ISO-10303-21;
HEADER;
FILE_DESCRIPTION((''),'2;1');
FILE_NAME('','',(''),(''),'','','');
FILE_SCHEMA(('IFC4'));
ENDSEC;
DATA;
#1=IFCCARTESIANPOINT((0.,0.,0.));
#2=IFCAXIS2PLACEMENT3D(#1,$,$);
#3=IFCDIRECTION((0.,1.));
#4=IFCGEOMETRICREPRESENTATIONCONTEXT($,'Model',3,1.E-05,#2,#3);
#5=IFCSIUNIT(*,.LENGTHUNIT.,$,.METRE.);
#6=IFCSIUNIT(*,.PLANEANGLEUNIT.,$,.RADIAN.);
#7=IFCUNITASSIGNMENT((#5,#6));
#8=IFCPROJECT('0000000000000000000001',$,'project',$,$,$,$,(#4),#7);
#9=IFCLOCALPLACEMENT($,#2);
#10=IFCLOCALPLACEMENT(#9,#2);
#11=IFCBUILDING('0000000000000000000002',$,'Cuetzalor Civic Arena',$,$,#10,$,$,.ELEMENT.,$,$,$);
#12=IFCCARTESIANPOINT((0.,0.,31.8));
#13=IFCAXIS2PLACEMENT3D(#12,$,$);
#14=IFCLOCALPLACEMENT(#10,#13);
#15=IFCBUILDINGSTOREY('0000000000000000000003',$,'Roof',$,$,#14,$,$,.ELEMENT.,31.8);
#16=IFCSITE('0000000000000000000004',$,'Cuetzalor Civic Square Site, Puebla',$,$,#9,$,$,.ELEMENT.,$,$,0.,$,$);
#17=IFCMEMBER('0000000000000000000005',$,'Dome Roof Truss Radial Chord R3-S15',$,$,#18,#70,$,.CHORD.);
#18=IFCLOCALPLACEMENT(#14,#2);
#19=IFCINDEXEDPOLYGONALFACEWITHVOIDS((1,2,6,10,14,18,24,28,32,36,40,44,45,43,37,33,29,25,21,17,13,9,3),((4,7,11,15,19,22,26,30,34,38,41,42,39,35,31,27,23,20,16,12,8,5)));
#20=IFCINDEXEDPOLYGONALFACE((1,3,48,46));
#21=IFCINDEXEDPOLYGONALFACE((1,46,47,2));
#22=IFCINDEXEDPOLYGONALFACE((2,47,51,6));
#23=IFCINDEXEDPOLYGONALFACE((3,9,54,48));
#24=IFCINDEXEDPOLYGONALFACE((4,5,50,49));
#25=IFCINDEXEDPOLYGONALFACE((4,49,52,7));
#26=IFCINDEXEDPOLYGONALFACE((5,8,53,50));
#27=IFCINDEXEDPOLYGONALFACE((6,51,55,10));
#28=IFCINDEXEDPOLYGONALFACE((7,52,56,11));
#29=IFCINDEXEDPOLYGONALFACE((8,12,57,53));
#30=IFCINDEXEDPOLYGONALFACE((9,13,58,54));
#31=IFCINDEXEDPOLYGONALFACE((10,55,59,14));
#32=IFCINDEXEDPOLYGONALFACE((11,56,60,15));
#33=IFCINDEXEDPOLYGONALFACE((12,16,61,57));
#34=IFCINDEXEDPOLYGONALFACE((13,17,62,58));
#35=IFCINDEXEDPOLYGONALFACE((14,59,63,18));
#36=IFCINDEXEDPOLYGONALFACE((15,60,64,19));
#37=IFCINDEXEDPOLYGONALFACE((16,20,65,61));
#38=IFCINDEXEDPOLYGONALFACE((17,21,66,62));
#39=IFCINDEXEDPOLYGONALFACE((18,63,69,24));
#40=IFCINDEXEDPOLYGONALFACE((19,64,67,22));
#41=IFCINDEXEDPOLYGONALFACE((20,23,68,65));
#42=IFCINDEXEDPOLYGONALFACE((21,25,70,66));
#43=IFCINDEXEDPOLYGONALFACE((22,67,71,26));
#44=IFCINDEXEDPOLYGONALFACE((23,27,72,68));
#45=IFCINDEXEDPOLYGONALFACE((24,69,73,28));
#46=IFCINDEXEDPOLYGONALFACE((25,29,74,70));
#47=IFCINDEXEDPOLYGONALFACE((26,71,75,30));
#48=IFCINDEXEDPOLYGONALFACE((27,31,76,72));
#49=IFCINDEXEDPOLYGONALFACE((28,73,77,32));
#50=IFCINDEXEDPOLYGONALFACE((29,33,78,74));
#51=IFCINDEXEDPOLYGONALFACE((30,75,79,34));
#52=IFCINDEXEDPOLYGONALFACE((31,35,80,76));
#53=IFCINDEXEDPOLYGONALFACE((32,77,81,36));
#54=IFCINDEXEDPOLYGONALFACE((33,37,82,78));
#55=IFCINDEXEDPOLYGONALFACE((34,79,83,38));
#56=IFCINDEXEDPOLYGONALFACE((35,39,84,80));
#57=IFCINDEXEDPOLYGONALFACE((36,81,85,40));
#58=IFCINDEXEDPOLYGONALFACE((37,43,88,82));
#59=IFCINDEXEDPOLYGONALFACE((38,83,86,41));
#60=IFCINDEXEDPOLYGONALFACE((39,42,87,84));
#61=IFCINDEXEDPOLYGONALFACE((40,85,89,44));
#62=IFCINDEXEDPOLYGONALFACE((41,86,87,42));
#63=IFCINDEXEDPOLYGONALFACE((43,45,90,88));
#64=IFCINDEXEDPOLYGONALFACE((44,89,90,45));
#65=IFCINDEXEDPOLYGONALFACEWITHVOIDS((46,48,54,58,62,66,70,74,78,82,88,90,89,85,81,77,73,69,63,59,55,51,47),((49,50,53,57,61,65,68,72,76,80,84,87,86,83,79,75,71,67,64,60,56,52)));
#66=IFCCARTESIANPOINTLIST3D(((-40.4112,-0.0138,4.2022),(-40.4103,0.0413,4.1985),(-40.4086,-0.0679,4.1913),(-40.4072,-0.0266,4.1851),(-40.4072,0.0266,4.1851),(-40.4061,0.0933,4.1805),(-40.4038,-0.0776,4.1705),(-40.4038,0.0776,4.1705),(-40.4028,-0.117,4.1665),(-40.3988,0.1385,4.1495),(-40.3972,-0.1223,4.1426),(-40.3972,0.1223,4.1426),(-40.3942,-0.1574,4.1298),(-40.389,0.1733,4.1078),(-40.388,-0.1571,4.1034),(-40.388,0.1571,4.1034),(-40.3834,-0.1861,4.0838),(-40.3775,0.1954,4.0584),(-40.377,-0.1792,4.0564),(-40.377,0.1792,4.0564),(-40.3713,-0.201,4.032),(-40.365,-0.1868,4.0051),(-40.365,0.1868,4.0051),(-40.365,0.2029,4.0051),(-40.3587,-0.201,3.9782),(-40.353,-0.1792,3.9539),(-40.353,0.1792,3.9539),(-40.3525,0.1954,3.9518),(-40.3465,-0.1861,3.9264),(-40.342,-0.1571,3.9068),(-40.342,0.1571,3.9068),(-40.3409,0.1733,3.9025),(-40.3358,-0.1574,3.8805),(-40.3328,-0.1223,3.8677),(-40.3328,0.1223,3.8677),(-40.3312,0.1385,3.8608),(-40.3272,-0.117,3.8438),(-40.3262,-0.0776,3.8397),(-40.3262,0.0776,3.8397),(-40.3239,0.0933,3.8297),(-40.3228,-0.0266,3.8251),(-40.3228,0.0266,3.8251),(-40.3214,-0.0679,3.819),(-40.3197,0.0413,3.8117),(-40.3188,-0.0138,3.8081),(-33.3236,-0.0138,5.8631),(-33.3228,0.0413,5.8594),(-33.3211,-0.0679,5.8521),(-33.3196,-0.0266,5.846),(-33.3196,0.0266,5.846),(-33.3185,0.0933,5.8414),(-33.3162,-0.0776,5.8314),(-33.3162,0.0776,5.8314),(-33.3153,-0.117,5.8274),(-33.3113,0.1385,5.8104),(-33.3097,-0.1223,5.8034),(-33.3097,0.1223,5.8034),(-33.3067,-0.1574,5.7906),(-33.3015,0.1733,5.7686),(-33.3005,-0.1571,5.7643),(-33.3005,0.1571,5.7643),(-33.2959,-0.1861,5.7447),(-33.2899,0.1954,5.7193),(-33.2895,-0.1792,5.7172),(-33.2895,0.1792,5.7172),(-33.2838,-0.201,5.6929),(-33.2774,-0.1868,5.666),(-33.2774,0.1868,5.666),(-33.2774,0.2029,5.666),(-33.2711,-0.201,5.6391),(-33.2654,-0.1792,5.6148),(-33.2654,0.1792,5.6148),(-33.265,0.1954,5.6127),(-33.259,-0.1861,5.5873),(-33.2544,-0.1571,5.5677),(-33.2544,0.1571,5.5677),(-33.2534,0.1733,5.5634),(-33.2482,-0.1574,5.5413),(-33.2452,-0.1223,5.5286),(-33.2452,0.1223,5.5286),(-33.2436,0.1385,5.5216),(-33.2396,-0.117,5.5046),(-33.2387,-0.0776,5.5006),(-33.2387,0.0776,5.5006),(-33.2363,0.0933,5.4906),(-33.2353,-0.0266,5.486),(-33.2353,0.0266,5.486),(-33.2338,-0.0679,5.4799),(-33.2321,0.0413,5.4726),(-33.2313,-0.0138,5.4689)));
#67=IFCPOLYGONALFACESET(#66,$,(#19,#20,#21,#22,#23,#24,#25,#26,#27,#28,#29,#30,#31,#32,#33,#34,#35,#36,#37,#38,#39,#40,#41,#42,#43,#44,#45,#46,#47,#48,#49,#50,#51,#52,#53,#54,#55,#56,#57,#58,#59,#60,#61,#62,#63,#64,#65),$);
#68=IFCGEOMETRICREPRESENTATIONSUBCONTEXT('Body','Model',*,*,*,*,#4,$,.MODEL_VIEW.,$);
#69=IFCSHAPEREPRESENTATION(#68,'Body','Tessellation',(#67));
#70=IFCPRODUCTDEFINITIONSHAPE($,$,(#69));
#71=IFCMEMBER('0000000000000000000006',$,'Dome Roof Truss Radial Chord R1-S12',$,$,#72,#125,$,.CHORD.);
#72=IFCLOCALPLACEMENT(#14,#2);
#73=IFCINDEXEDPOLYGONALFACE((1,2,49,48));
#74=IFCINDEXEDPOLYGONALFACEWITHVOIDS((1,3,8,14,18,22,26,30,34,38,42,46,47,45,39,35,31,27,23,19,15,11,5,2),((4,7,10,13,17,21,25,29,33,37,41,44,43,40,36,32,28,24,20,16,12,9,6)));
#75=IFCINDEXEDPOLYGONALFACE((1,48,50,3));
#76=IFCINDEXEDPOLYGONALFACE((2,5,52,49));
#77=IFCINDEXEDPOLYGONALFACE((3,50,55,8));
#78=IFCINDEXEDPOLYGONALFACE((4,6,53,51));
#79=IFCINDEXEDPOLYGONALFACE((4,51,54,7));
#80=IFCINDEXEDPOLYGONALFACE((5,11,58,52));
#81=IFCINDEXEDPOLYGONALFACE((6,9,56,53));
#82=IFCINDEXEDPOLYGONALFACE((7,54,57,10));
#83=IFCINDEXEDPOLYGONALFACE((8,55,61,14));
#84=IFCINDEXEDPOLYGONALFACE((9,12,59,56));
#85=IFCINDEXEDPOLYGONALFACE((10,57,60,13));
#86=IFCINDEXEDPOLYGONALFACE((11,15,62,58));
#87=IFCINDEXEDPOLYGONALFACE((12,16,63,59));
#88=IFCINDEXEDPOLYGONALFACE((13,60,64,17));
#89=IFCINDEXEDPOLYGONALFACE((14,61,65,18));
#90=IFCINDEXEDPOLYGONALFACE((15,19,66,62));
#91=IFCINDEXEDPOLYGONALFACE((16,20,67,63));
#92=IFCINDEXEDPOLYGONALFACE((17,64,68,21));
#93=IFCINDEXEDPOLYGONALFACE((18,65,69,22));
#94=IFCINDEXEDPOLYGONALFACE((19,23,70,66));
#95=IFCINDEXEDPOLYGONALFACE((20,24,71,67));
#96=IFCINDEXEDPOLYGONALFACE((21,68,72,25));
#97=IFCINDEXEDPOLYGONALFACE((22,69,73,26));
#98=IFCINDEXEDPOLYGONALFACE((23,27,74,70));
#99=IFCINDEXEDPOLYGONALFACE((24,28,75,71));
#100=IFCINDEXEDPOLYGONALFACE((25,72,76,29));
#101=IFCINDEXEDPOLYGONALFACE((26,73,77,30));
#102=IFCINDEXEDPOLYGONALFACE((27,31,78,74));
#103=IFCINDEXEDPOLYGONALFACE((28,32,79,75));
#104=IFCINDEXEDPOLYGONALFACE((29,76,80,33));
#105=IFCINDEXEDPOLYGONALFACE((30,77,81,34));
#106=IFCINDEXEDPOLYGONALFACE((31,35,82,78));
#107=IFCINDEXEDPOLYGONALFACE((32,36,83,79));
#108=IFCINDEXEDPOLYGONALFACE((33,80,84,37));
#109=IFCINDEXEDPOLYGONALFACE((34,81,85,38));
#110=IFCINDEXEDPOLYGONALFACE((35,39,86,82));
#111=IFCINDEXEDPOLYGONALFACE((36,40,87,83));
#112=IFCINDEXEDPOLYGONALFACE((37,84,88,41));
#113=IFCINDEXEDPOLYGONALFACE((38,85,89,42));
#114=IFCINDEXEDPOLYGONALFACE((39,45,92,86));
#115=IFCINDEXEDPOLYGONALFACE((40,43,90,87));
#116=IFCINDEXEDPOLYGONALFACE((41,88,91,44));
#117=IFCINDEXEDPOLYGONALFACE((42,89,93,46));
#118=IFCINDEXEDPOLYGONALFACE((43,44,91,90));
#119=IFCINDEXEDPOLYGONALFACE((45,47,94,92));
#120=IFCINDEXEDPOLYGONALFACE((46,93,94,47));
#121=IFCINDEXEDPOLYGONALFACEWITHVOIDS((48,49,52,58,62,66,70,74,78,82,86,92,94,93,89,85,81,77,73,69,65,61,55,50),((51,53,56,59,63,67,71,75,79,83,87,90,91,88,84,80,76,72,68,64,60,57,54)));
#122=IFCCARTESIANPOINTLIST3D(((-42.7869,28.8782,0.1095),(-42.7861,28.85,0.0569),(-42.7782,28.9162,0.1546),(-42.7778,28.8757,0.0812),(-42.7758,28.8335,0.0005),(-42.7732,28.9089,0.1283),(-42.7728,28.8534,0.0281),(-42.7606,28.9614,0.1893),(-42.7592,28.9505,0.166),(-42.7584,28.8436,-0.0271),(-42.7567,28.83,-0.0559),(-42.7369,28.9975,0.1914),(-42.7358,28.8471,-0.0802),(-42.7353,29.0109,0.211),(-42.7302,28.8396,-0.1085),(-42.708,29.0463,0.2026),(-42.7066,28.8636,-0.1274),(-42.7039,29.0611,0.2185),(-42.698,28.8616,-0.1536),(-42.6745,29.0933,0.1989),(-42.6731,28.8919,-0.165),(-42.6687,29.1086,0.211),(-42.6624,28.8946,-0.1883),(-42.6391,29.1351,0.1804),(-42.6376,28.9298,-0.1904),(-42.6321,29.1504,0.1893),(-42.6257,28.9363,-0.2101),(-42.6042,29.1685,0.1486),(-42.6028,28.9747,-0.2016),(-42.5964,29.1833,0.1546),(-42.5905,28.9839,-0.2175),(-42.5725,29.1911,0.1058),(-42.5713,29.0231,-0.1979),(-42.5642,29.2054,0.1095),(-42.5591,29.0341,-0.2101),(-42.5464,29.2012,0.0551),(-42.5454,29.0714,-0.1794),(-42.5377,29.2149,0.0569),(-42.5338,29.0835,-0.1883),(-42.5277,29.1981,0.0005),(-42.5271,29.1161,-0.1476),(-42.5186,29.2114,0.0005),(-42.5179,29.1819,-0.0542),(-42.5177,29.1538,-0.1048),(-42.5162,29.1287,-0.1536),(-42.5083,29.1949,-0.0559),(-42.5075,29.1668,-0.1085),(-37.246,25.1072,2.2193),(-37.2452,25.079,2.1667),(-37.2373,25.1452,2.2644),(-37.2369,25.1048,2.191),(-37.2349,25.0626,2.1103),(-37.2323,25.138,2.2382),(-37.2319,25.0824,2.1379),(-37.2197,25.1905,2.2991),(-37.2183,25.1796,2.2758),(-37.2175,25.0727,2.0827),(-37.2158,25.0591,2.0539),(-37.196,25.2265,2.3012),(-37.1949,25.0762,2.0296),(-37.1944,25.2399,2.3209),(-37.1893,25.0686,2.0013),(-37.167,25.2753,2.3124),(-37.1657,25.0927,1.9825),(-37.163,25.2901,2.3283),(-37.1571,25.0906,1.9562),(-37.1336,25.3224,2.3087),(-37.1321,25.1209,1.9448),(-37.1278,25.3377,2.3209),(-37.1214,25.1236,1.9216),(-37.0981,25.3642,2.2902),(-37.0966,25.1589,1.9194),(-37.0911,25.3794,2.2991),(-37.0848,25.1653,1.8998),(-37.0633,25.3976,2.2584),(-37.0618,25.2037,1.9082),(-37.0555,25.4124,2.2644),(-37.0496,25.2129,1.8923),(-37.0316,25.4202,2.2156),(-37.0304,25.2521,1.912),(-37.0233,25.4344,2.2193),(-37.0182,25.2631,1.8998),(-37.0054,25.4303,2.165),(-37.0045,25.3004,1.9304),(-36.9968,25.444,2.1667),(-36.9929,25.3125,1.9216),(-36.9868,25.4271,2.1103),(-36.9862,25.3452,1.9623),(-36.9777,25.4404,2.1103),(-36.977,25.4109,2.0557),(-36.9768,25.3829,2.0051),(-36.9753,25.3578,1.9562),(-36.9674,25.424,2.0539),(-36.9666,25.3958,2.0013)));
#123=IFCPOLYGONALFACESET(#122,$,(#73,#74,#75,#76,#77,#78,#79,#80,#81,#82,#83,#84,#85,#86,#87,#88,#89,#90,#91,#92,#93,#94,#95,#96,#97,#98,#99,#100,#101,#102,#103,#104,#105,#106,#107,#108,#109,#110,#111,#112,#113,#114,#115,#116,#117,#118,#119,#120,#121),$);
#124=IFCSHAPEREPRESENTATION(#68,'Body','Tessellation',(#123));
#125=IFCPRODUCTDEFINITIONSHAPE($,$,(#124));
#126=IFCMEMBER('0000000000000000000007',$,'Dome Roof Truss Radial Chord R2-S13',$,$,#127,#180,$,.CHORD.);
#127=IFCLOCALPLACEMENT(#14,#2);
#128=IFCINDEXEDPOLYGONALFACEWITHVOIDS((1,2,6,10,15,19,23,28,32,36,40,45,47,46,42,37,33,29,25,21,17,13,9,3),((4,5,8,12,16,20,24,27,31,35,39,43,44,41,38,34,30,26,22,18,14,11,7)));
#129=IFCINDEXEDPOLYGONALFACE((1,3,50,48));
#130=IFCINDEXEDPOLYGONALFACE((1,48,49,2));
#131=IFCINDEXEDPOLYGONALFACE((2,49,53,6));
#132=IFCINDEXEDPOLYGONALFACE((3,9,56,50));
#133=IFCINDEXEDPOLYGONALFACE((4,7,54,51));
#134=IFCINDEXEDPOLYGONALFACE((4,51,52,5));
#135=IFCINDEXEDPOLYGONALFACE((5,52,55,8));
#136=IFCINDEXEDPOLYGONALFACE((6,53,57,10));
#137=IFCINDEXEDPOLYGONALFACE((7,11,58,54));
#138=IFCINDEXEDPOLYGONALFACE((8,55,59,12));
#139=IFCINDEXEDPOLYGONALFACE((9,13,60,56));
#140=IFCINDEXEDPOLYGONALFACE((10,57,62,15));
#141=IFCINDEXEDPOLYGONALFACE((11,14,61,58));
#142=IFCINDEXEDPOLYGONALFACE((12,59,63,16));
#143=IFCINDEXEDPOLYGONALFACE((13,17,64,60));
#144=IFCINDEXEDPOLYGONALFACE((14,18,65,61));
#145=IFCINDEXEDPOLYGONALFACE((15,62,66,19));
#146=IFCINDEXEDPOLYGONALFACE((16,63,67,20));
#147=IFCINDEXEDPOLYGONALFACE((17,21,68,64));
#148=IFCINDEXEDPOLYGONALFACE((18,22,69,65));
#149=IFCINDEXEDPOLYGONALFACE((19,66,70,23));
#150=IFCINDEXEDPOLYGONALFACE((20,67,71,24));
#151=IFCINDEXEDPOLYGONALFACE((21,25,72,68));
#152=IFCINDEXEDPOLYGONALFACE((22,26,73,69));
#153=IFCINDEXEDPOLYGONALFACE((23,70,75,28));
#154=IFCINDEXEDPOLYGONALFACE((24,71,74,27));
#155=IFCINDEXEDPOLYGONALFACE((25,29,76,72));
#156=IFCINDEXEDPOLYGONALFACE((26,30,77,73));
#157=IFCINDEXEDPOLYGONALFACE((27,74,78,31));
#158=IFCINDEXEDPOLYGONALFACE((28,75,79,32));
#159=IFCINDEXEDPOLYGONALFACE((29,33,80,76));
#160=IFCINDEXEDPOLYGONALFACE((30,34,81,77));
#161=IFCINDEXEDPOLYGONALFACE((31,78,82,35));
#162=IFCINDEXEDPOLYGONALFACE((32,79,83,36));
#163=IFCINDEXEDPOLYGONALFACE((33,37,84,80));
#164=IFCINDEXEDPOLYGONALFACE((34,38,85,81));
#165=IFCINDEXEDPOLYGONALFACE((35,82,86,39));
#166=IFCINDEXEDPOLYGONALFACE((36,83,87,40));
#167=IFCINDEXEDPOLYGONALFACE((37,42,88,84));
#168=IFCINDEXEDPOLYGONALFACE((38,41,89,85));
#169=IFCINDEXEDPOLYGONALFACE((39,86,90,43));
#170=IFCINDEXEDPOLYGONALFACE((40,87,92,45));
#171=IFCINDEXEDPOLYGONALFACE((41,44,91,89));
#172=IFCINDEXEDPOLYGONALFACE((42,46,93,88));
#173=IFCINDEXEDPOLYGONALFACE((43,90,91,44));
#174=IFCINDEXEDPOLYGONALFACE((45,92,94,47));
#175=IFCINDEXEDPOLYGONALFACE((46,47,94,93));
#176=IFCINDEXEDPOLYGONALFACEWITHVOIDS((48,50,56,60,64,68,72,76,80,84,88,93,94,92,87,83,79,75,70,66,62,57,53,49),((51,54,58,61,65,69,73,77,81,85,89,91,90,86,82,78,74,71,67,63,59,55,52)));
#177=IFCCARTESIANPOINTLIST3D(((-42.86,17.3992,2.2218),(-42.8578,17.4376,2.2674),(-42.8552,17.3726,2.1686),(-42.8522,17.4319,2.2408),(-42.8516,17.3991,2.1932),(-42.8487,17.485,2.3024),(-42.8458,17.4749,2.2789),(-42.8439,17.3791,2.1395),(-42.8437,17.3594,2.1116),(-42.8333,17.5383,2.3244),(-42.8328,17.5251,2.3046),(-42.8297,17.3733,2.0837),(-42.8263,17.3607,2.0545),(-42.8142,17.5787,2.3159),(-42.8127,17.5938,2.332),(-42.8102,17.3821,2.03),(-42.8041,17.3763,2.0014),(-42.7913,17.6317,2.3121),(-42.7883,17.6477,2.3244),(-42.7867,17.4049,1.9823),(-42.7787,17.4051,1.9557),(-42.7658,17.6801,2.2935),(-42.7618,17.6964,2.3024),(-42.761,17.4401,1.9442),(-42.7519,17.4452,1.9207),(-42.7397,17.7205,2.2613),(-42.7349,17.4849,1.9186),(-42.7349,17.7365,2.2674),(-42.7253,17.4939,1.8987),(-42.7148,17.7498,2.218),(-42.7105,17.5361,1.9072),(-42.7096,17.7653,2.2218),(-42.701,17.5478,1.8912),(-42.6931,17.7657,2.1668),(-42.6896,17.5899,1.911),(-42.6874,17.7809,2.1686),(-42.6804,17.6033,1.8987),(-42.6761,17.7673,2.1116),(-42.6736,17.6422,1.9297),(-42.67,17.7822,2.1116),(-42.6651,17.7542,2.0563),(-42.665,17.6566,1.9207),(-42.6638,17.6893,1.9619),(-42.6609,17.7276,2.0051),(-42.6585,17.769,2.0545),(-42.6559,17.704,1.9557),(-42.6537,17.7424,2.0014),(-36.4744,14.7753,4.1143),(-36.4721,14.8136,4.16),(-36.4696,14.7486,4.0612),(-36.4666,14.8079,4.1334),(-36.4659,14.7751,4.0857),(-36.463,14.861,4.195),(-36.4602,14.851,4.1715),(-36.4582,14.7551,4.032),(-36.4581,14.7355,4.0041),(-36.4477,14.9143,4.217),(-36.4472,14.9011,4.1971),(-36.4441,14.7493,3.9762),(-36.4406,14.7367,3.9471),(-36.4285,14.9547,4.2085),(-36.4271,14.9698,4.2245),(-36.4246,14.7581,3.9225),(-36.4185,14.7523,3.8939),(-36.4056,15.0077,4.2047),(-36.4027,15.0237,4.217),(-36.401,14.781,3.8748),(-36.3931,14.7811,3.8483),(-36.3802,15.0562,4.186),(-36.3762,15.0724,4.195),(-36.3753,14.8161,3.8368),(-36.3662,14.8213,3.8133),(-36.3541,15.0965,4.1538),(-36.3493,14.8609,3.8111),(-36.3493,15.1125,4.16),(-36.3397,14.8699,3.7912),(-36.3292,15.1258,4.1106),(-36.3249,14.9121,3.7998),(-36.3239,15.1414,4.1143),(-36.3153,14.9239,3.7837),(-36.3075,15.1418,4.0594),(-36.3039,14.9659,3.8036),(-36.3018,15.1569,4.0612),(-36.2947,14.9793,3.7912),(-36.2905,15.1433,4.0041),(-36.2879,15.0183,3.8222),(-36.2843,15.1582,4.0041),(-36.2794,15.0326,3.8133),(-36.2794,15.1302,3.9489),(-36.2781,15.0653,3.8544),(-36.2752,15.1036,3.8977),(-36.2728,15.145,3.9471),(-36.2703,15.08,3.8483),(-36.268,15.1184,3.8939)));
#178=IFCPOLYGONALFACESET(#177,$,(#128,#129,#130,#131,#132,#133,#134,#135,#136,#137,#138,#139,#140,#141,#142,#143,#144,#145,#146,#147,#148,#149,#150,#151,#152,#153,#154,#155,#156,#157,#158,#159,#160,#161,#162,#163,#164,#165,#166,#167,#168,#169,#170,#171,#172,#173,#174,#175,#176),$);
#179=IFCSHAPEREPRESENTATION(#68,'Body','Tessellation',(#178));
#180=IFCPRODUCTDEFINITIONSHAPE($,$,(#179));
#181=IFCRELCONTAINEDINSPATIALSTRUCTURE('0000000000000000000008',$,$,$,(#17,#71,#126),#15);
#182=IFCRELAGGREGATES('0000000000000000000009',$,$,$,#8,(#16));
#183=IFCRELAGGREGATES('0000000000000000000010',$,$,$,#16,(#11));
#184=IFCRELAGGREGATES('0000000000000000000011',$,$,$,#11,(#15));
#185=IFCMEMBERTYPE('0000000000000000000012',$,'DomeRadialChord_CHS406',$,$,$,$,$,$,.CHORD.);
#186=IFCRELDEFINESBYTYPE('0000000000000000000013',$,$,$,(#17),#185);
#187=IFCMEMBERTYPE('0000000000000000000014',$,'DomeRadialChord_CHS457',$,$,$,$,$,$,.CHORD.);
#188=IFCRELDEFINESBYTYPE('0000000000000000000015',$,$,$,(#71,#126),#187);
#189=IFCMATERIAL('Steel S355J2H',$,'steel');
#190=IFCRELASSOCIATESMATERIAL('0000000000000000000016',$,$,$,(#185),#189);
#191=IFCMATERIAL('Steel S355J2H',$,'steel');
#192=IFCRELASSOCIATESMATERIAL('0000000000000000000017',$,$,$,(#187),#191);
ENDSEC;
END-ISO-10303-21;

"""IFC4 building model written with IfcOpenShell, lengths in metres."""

from ifc_helpers import new_model, si_unit, direction, frame, origin, origin_2d, place, context, subcontext, project, spatial, hollow_circle, extrude, material, material_profile, profile_set, type_object, element, save


model = new_model("IFC4")

# Units and contexts
model_context = context("Model", 3, precision=1e-05, world=origin(), true_north=direction((0.0, 1.0)))
body_context = subcontext(model_context, "Body", "Model", "MODEL_VIEW")
ifc_project = project(units=[si_unit("LENGTHUNIT", "METRE"), si_unit("PLANEANGLEUNIT", "RADIAN")], contexts=[model_context])

# Site, building, storey
site_placement = place(None, origin())
site = spatial("IfcSite", under=ifc_project, at=site_placement, Name="Cuetzalor Civic Square Site, Puebla", CompositionType="ELEMENT", RefElevation=0.0)
building_placement = place(site_placement, origin())
building = spatial("IfcBuilding", under=site, at=building_placement, Name="Cuetzalor Civic Arena", CompositionType="ELEMENT")
storey_placement = place(building_placement, frame((0.0, 0.0, 31.8)))
storey = spatial("IfcBuildingStorey", under=building, at=storey_placement, Name="Roof", CompositionType="ELEMENT", Elevation=31.8)

# Members
ifc_material_1 = material(Name="Steel S355J2H", Category="steel")
ifc_material_profile_1 = material_profile(ifc_material_1, hollow_circle(Radius=0.2029, WallThickness=0.0161, at=origin_2d()), Name="CHS 406x16")
ifc_profile_set_1 = profile_set([ifc_material_profile_1], Name="Steel S355J2H")
member_type_1 = type_object("IfcMemberType", Name="DomeRadialChord_CHS406", PredefinedType="CHORD", material=ifc_profile_set_1)
member_1_placement = place(storey_placement, frame((-40.365, 0.0, 4.0051), z_axis=(0.973625, 0.0, 0.228155), x_axis=(0.0, 1.0, 0.0)))
element("IfcMember", 1, at=member_1_placement, inside=storey, type_object=member_type_1, Name="Dome Roof Truss Radial Chord R3-S15", PredefinedType="CHORD", context=body_context, shape_type="SweptSolid", body=[
    extrude(hollow_circle(Radius=0.2029, WallThickness=0.0161, at=origin_2d()), origin(), (0.0, 0.0, 1.0), 7.2795),
])
ifc_material_2 = material(Name="Steel S355J2H", Category="steel")
ifc_material_profile_2 = material_profile(ifc_material_2, hollow_circle(Radius=0.2285, WallThickness=0.0161, at=origin_2d()), Name="CHS 457x16")
ifc_profile_set_2 = profile_set([ifc_material_profile_2], Name="Steel S355J2H")
member_type_2 = type_object("IfcMemberType", Name="DomeRadialChord_CHS457", PredefinedType="CHORD", material=ifc_profile_set_2)
member_2_placement = place(storey_placement, frame((-42.6472, 29.0225, 0.0005), z_axis=(0.788564, -0.536665, 0.300263), x_axis=(0.562627, 0.826711, 0.0)))
element("IfcMember", 2, at=member_2_placement, inside=storey, type_object=member_type_2, Name="Dome Roof Truss Radial Chord R1-S12", PredefinedType="CHORD", context=body_context, shape_type="SweptSolid", body=[
    extrude(hollow_circle(Radius=0.2285, WallThickness=0.0161, at=origin_2d()), origin(), (0.0, 0.0, 1.0), 7.0266),
])
member_3_placement = place(storey_placement, frame((-42.7568, 17.5708, 2.1116), z_axis=(0.892042, -0.366557, 0.26438), x_axis=(0.380081, 0.924953, 0.0)))
element("IfcMember", 3, at=member_3_placement, inside=storey, type_object=member_type_2, Name="Dome Roof Truss Radial Chord R2-S13", PredefinedType="CHORD", context=body_context, shape_type="SweptSolid", body=[
    extrude(hollow_circle(Radius=0.2285, WallThickness=0.0161, at=origin_2d()), origin(), (0.0, 0.0, 1.0), 7.1584),
])

save(model, "model.ifc")
